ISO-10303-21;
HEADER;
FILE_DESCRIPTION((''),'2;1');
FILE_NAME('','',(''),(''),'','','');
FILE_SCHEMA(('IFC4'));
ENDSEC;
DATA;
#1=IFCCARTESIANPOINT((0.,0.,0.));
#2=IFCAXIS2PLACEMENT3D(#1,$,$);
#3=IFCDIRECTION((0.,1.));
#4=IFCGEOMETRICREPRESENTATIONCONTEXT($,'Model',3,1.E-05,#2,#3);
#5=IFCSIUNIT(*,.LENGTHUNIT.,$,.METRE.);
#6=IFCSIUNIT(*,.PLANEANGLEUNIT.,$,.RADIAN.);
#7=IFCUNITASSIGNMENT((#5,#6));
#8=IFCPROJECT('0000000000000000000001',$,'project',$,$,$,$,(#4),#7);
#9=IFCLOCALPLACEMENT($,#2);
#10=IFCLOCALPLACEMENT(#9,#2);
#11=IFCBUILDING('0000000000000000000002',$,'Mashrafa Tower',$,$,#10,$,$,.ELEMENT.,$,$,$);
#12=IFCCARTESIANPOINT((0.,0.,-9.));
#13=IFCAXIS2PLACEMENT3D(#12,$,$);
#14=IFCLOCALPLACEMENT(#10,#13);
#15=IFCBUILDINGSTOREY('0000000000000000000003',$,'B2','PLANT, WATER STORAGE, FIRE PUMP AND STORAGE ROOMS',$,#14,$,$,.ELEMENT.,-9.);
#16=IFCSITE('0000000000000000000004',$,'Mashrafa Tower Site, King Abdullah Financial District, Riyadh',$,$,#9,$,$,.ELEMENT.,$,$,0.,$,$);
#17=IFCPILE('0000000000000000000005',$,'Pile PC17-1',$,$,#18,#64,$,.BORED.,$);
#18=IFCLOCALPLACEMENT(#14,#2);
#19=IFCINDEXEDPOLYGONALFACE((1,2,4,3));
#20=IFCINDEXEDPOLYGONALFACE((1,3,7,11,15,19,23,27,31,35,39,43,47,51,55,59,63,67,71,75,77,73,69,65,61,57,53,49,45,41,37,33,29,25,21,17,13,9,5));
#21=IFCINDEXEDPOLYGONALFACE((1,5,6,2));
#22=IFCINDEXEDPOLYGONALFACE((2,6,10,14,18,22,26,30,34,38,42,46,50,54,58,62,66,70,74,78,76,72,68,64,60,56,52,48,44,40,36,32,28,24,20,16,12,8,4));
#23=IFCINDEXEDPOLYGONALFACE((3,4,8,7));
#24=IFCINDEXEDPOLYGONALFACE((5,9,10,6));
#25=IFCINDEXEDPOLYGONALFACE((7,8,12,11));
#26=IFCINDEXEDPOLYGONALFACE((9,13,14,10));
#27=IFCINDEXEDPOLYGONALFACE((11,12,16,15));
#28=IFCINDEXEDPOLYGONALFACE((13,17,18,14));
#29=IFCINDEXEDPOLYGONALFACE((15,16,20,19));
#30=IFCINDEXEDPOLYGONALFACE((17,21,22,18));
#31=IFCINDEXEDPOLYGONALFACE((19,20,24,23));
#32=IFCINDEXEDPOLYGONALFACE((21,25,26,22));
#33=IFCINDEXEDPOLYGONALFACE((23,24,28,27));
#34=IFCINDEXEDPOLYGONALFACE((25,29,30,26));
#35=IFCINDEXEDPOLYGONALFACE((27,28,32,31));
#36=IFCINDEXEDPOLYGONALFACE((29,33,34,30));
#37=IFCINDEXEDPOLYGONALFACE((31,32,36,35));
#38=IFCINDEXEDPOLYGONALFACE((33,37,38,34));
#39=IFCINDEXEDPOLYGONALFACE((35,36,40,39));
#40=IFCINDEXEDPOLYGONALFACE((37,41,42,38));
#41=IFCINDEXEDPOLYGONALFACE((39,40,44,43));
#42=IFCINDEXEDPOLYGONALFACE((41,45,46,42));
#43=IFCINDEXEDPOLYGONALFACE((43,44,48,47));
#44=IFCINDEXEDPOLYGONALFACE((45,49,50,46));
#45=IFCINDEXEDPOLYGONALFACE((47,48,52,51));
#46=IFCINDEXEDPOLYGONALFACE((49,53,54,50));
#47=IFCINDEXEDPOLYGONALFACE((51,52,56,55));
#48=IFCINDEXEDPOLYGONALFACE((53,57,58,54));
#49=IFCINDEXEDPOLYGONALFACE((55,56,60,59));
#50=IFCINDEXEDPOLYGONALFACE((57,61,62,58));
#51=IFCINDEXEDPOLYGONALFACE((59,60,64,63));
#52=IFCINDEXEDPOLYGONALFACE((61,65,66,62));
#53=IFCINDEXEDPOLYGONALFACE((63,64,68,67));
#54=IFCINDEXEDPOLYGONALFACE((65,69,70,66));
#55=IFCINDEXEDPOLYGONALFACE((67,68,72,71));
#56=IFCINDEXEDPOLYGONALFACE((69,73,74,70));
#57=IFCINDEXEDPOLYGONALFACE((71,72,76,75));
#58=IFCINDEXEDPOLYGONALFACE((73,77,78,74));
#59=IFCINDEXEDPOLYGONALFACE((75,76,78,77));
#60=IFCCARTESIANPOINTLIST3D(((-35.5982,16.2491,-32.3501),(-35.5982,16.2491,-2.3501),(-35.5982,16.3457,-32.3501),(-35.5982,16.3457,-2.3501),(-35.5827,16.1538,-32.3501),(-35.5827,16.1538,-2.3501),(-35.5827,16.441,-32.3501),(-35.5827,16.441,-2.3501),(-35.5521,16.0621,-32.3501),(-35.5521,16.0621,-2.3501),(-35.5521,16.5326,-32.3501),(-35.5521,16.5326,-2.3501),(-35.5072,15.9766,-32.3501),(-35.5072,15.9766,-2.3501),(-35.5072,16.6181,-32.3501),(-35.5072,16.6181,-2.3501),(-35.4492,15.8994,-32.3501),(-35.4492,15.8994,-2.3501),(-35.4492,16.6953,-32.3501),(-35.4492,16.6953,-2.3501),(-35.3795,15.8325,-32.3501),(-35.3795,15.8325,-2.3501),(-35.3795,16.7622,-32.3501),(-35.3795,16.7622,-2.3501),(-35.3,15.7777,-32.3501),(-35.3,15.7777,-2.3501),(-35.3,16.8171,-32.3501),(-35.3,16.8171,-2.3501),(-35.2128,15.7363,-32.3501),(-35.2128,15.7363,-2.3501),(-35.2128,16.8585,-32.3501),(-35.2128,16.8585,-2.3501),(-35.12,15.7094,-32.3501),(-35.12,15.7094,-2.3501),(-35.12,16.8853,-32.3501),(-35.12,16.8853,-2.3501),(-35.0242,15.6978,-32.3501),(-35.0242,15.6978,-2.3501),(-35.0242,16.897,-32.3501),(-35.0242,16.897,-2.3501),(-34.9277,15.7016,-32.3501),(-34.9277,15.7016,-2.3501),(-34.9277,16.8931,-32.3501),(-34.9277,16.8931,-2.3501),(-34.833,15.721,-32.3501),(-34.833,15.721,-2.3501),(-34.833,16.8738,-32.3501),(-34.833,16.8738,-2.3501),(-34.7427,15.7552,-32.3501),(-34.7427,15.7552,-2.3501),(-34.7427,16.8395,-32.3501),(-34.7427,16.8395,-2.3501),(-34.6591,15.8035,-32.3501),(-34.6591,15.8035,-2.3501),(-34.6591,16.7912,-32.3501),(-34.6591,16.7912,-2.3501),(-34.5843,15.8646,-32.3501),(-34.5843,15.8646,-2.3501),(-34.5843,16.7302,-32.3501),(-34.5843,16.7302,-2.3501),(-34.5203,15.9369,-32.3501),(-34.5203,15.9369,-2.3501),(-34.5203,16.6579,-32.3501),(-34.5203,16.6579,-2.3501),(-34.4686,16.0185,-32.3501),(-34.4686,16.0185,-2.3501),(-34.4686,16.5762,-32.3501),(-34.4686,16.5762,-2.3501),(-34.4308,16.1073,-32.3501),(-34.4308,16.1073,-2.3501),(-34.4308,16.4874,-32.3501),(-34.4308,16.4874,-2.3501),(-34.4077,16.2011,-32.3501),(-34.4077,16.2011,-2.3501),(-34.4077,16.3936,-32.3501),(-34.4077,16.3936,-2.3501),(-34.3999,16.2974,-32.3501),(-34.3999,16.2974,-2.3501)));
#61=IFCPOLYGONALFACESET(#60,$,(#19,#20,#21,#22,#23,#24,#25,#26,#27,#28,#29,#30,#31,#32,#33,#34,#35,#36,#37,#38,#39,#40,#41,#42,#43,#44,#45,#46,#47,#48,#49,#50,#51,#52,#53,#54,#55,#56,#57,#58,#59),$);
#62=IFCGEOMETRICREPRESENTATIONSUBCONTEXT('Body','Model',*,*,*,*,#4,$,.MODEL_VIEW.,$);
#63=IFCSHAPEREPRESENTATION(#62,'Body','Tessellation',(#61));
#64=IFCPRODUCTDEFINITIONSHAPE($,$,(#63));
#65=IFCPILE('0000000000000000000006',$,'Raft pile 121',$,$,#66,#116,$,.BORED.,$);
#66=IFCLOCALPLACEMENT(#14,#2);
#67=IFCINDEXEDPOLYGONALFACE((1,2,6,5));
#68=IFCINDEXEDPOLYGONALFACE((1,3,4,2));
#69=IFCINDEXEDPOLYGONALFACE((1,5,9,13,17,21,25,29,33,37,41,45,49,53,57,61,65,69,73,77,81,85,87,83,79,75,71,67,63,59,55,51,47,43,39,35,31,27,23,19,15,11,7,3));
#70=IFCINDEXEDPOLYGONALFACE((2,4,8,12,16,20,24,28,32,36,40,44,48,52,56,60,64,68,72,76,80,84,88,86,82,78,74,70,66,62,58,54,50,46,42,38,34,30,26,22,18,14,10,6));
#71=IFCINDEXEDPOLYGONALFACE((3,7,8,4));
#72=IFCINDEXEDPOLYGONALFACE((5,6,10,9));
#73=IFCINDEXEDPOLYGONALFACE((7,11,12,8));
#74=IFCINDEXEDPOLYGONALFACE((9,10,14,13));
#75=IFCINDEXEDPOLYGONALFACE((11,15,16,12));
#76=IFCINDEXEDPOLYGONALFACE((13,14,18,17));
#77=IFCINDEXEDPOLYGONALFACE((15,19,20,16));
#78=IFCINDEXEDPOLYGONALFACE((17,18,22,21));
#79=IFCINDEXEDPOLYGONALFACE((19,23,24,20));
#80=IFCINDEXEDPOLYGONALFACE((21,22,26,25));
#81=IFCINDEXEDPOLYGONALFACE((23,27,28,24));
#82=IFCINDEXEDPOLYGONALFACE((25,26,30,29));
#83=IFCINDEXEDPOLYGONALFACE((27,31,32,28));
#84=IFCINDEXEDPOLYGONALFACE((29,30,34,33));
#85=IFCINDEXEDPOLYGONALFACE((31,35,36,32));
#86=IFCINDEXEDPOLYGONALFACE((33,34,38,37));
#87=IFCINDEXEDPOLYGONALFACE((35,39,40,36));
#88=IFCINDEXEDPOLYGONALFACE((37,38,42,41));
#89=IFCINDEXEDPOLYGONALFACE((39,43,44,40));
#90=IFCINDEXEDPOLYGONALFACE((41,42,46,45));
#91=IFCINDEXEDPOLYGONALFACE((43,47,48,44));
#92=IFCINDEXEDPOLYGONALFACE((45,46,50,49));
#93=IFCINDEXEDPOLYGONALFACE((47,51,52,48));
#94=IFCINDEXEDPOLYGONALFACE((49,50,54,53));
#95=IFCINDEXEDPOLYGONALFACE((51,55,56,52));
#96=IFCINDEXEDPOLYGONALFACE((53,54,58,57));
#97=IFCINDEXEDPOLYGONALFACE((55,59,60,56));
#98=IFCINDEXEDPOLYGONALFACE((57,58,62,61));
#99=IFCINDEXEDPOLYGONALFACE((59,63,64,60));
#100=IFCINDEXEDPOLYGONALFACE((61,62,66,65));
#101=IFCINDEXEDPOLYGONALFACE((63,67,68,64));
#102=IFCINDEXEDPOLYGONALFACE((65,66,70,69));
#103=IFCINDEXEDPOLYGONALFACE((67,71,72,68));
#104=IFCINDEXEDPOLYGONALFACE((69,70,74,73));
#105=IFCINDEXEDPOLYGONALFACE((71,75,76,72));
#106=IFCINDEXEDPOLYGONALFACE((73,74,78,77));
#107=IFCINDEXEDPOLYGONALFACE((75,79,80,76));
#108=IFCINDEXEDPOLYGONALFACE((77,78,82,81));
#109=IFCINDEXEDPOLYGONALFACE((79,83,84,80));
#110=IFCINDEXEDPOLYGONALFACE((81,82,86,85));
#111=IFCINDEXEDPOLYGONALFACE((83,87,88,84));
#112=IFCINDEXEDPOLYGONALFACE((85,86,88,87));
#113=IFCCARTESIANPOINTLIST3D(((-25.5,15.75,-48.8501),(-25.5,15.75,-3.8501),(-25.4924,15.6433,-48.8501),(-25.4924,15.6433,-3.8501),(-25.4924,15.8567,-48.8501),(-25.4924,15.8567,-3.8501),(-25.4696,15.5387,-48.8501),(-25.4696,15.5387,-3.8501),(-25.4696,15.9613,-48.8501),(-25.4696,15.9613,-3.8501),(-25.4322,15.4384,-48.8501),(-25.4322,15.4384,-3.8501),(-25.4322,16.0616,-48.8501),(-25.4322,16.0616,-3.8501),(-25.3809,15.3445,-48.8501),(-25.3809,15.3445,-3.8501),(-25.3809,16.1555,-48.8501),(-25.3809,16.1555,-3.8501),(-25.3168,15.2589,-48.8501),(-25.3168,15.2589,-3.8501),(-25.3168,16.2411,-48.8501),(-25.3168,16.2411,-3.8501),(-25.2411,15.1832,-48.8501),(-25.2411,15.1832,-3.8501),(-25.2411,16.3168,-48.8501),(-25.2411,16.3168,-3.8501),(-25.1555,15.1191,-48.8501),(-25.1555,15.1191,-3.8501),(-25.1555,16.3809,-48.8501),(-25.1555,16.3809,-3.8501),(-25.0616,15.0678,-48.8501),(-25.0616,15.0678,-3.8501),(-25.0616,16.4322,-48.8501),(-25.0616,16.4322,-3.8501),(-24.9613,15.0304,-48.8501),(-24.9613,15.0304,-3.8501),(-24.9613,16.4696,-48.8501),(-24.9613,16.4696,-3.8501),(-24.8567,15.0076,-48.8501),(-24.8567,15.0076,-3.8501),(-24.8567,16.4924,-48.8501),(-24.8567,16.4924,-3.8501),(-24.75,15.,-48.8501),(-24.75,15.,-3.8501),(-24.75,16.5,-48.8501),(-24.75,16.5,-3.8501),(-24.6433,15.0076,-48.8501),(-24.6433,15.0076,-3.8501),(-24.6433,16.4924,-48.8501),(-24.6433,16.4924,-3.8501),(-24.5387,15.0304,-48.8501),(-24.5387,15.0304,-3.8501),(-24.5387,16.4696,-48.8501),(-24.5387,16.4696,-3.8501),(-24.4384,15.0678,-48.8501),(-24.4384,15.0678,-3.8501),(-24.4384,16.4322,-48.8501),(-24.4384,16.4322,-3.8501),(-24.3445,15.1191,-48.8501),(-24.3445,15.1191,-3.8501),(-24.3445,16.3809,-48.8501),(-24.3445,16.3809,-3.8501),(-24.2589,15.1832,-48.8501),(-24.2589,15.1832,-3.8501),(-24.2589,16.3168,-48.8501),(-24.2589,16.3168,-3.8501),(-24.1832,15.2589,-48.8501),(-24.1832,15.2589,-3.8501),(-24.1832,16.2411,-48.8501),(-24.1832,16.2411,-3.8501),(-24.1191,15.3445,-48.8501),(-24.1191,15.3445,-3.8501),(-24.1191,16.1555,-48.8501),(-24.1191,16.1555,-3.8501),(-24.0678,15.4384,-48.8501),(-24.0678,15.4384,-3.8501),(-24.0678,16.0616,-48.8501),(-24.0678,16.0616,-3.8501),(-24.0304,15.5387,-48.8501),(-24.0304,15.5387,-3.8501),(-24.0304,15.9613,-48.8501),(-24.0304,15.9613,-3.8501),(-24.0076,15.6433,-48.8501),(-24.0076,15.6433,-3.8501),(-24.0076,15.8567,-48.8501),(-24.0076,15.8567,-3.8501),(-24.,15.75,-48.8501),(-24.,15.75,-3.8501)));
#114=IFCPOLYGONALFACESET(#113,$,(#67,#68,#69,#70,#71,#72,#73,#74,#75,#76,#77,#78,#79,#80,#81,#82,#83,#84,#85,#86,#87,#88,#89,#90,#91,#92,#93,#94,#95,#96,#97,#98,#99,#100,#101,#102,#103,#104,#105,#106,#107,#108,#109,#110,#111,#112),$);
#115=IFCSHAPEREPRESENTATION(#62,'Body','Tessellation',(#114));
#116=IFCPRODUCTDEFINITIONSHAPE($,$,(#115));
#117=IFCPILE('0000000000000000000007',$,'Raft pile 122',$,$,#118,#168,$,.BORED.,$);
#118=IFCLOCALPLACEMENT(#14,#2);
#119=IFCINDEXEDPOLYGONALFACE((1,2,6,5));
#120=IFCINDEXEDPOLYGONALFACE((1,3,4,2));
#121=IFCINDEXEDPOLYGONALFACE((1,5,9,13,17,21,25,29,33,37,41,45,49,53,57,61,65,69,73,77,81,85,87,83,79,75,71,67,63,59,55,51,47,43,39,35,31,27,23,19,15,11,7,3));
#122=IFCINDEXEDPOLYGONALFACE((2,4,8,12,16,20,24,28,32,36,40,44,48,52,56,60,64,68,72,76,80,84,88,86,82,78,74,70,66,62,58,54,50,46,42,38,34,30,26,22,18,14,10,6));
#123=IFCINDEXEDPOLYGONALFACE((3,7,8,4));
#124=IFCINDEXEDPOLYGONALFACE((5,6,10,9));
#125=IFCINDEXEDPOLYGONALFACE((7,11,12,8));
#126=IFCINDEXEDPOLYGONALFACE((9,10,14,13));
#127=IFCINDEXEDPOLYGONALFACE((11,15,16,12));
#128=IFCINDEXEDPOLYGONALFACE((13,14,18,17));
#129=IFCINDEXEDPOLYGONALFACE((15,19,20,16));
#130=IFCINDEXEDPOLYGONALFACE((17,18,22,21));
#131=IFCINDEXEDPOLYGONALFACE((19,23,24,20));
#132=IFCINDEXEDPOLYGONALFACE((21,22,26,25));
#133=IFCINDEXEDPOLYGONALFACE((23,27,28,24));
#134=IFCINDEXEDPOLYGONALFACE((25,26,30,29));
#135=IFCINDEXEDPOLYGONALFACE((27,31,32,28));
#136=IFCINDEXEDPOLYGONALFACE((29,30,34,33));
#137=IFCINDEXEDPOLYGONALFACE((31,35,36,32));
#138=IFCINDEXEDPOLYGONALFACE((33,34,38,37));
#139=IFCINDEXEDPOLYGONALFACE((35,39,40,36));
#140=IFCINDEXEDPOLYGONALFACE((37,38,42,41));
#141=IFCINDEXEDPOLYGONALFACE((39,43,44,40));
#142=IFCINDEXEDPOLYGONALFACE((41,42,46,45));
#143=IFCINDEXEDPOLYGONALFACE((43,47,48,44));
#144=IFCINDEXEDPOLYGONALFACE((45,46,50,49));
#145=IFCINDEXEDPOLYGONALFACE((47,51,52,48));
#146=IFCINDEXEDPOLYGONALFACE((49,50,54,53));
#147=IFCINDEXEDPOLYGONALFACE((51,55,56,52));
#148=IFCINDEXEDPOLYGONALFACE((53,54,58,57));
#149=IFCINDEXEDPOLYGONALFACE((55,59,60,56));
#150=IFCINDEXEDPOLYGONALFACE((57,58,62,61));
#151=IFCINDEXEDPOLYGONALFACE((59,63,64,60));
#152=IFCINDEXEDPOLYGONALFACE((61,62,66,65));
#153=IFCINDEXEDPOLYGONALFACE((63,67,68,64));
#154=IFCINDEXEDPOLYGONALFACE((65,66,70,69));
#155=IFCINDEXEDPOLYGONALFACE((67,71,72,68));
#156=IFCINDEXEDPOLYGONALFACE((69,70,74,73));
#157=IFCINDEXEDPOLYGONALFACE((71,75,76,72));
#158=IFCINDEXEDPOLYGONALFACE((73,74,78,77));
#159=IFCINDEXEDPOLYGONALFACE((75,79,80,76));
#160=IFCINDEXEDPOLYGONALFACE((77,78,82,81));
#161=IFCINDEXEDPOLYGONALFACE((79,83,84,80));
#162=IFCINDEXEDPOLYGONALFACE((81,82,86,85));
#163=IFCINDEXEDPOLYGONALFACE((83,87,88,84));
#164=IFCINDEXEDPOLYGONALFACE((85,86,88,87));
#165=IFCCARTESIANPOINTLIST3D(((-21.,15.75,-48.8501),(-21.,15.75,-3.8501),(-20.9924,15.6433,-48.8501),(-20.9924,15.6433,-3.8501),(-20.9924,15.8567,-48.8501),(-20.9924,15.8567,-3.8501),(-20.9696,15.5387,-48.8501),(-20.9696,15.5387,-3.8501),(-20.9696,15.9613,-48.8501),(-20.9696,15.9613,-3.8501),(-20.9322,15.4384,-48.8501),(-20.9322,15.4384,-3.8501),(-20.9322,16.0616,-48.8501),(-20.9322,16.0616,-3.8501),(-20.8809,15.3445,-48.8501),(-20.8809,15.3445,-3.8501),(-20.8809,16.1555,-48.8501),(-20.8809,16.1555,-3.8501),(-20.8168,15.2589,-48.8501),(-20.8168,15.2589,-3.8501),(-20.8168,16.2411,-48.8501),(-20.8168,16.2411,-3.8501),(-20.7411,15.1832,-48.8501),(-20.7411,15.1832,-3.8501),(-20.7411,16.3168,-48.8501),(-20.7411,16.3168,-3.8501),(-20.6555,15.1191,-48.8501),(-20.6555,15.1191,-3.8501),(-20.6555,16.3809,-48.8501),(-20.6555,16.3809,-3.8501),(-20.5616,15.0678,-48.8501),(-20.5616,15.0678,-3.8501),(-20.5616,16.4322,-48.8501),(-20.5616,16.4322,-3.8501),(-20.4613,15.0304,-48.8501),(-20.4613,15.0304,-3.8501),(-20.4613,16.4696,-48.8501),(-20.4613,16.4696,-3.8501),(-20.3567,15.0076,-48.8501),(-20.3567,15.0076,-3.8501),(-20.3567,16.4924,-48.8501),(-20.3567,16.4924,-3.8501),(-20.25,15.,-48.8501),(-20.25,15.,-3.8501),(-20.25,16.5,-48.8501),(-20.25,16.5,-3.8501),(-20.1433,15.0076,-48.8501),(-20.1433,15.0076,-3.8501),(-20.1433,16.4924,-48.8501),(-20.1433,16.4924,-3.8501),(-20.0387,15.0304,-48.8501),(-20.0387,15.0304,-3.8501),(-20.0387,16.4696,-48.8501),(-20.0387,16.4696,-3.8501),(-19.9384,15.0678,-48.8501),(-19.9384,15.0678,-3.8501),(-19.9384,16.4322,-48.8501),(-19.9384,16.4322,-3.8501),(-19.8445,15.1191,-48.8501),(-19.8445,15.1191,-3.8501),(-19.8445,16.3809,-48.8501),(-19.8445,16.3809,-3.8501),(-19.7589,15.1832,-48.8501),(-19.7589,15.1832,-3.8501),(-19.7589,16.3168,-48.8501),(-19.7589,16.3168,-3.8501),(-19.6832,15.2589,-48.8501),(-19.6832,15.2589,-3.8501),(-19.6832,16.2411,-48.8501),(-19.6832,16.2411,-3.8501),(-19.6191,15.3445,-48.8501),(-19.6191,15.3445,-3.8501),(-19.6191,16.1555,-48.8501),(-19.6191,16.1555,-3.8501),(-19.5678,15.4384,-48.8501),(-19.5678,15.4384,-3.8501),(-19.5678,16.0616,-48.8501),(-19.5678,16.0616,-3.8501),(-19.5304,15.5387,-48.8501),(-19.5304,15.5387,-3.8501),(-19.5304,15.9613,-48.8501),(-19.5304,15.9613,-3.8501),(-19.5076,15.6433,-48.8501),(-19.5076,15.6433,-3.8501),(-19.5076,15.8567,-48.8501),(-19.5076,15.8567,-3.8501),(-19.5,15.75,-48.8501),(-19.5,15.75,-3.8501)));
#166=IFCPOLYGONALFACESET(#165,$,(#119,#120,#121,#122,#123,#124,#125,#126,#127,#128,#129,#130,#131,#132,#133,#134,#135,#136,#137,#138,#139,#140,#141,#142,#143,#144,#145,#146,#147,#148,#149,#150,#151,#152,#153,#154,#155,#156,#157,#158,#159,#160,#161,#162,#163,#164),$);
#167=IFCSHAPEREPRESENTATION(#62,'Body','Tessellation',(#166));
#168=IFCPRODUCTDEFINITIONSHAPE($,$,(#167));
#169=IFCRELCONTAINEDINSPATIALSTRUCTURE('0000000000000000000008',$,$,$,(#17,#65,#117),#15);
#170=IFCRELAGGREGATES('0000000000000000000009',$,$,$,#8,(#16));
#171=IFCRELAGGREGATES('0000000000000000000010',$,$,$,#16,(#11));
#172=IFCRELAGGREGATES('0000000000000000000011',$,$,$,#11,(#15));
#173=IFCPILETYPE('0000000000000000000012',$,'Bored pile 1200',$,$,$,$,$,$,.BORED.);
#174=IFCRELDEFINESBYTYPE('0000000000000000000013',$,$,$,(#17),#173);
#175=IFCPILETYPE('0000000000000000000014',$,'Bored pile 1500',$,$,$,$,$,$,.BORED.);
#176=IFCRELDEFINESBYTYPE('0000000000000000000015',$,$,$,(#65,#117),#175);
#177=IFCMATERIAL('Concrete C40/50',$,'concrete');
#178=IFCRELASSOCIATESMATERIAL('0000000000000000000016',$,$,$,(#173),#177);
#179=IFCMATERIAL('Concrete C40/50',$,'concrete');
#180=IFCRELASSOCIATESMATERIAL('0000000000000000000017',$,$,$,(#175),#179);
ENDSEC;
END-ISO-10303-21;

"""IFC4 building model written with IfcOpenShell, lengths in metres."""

from ifc_helpers import new_model, si_unit, direction, frame, origin, origin_2d, place, context, subcontext, project, spatial, circle, extrude, material, material_profile, profile_set, type_object, element, save


model = new_model("IFC4")

# Units and contexts
model_context = context("Model", 3, precision=1e-05, world=origin(), true_north=direction((0.0, 1.0)))
body_context = subcontext(model_context, "Body", "Model", "MODEL_VIEW")
ifc_project = project(units=[si_unit("LENGTHUNIT", "METRE"), si_unit("PLANEANGLEUNIT", "RADIAN")], contexts=[model_context])

# Site, building, storey
site_placement = place(None, origin())
site = spatial("IfcSite", under=ifc_project, at=site_placement, Name="Mashrafa Tower Site, King Abdullah Financial District, Riyadh", CompositionType="ELEMENT", RefElevation=0.0)
building_placement = place(site_placement, origin())
building = spatial("IfcBuilding", under=site, at=building_placement, Name="Mashrafa Tower", CompositionType="ELEMENT")
storey_placement = place(building_placement, frame((0.0, 0.0, -9.0)))
storey = spatial("IfcBuildingStorey", under=building, at=storey_placement, Name="B2", Description="PLANT, WATER STORAGE, FIRE PUMP AND STORAGE ROOMS", CompositionType="ELEMENT", Elevation=-9.0)

# Piles
ifc_material_1 = material(Name="Concrete C40/50", Category="concrete")
ifc_material_profile_1 = material_profile(ifc_material_1, circle(Radius=0.6001, at=origin_2d()), Name="1200 DIA")
ifc_profile_set_1 = profile_set([ifc_material_profile_1], Name="Concrete C40/50")
pile_type_1 = type_object("IfcPileType", Name="Bored pile 1200", PredefinedType="BORED", material=ifc_profile_set_1)
for number, where, z_axis, x_axis, name in (
    (1, (-35.0, 16.2974, -2.3501), (0.0, 0.0, -1.0), (1.0, 0.0, 0.0), "Pile PC17-1"),
):
    element("IfcPile", number, at=place(storey_placement, frame(where, z_axis=z_axis, x_axis=x_axis)), inside=storey, type_object=pile_type_1, Name=name, PredefinedType="BORED", context=body_context, shape_type="SweptSolid", body=[
        extrude(circle(Radius=0.6001, at=origin_2d()), origin(), (0.0, 0.0, 1.0), 30.0),
    ])
ifc_material_2 = material(Name="Concrete C40/50", Category="concrete")
ifc_material_profile_2 = material_profile(ifc_material_2, circle(Radius=0.75, at=origin_2d()), Name="1500 DIA")
ifc_profile_set_2 = profile_set([ifc_material_profile_2], Name="Concrete C40/50")
pile_type_2 = type_object("IfcPileType", Name="Bored pile 1500", PredefinedType="BORED", material=ifc_profile_set_2)
for number, where, z_axis, x_axis, name in (
    (2, (-24.75, 15.75, -3.8501), (0.0, 0.0, -1.0), (1.0, 0.0, 0.0), "Raft pile 121"),
    (3, (-20.25, 15.75, -3.8501), (0.0, 0.0, -1.0), (1.0, 0.0, 0.0), "Raft pile 122"),
):
    element("IfcPile", number, at=place(storey_placement, frame(where, z_axis=z_axis, x_axis=x_axis)), inside=storey, type_object=pile_type_2, Name=name, PredefinedType="BORED", context=body_context, shape_type="SweptSolid", body=[
        extrude(circle(Radius=0.75, at=origin_2d()), origin(), (0.0, 0.0, 1.0), 45.0),
    ])

save(model, "model.ifc")
